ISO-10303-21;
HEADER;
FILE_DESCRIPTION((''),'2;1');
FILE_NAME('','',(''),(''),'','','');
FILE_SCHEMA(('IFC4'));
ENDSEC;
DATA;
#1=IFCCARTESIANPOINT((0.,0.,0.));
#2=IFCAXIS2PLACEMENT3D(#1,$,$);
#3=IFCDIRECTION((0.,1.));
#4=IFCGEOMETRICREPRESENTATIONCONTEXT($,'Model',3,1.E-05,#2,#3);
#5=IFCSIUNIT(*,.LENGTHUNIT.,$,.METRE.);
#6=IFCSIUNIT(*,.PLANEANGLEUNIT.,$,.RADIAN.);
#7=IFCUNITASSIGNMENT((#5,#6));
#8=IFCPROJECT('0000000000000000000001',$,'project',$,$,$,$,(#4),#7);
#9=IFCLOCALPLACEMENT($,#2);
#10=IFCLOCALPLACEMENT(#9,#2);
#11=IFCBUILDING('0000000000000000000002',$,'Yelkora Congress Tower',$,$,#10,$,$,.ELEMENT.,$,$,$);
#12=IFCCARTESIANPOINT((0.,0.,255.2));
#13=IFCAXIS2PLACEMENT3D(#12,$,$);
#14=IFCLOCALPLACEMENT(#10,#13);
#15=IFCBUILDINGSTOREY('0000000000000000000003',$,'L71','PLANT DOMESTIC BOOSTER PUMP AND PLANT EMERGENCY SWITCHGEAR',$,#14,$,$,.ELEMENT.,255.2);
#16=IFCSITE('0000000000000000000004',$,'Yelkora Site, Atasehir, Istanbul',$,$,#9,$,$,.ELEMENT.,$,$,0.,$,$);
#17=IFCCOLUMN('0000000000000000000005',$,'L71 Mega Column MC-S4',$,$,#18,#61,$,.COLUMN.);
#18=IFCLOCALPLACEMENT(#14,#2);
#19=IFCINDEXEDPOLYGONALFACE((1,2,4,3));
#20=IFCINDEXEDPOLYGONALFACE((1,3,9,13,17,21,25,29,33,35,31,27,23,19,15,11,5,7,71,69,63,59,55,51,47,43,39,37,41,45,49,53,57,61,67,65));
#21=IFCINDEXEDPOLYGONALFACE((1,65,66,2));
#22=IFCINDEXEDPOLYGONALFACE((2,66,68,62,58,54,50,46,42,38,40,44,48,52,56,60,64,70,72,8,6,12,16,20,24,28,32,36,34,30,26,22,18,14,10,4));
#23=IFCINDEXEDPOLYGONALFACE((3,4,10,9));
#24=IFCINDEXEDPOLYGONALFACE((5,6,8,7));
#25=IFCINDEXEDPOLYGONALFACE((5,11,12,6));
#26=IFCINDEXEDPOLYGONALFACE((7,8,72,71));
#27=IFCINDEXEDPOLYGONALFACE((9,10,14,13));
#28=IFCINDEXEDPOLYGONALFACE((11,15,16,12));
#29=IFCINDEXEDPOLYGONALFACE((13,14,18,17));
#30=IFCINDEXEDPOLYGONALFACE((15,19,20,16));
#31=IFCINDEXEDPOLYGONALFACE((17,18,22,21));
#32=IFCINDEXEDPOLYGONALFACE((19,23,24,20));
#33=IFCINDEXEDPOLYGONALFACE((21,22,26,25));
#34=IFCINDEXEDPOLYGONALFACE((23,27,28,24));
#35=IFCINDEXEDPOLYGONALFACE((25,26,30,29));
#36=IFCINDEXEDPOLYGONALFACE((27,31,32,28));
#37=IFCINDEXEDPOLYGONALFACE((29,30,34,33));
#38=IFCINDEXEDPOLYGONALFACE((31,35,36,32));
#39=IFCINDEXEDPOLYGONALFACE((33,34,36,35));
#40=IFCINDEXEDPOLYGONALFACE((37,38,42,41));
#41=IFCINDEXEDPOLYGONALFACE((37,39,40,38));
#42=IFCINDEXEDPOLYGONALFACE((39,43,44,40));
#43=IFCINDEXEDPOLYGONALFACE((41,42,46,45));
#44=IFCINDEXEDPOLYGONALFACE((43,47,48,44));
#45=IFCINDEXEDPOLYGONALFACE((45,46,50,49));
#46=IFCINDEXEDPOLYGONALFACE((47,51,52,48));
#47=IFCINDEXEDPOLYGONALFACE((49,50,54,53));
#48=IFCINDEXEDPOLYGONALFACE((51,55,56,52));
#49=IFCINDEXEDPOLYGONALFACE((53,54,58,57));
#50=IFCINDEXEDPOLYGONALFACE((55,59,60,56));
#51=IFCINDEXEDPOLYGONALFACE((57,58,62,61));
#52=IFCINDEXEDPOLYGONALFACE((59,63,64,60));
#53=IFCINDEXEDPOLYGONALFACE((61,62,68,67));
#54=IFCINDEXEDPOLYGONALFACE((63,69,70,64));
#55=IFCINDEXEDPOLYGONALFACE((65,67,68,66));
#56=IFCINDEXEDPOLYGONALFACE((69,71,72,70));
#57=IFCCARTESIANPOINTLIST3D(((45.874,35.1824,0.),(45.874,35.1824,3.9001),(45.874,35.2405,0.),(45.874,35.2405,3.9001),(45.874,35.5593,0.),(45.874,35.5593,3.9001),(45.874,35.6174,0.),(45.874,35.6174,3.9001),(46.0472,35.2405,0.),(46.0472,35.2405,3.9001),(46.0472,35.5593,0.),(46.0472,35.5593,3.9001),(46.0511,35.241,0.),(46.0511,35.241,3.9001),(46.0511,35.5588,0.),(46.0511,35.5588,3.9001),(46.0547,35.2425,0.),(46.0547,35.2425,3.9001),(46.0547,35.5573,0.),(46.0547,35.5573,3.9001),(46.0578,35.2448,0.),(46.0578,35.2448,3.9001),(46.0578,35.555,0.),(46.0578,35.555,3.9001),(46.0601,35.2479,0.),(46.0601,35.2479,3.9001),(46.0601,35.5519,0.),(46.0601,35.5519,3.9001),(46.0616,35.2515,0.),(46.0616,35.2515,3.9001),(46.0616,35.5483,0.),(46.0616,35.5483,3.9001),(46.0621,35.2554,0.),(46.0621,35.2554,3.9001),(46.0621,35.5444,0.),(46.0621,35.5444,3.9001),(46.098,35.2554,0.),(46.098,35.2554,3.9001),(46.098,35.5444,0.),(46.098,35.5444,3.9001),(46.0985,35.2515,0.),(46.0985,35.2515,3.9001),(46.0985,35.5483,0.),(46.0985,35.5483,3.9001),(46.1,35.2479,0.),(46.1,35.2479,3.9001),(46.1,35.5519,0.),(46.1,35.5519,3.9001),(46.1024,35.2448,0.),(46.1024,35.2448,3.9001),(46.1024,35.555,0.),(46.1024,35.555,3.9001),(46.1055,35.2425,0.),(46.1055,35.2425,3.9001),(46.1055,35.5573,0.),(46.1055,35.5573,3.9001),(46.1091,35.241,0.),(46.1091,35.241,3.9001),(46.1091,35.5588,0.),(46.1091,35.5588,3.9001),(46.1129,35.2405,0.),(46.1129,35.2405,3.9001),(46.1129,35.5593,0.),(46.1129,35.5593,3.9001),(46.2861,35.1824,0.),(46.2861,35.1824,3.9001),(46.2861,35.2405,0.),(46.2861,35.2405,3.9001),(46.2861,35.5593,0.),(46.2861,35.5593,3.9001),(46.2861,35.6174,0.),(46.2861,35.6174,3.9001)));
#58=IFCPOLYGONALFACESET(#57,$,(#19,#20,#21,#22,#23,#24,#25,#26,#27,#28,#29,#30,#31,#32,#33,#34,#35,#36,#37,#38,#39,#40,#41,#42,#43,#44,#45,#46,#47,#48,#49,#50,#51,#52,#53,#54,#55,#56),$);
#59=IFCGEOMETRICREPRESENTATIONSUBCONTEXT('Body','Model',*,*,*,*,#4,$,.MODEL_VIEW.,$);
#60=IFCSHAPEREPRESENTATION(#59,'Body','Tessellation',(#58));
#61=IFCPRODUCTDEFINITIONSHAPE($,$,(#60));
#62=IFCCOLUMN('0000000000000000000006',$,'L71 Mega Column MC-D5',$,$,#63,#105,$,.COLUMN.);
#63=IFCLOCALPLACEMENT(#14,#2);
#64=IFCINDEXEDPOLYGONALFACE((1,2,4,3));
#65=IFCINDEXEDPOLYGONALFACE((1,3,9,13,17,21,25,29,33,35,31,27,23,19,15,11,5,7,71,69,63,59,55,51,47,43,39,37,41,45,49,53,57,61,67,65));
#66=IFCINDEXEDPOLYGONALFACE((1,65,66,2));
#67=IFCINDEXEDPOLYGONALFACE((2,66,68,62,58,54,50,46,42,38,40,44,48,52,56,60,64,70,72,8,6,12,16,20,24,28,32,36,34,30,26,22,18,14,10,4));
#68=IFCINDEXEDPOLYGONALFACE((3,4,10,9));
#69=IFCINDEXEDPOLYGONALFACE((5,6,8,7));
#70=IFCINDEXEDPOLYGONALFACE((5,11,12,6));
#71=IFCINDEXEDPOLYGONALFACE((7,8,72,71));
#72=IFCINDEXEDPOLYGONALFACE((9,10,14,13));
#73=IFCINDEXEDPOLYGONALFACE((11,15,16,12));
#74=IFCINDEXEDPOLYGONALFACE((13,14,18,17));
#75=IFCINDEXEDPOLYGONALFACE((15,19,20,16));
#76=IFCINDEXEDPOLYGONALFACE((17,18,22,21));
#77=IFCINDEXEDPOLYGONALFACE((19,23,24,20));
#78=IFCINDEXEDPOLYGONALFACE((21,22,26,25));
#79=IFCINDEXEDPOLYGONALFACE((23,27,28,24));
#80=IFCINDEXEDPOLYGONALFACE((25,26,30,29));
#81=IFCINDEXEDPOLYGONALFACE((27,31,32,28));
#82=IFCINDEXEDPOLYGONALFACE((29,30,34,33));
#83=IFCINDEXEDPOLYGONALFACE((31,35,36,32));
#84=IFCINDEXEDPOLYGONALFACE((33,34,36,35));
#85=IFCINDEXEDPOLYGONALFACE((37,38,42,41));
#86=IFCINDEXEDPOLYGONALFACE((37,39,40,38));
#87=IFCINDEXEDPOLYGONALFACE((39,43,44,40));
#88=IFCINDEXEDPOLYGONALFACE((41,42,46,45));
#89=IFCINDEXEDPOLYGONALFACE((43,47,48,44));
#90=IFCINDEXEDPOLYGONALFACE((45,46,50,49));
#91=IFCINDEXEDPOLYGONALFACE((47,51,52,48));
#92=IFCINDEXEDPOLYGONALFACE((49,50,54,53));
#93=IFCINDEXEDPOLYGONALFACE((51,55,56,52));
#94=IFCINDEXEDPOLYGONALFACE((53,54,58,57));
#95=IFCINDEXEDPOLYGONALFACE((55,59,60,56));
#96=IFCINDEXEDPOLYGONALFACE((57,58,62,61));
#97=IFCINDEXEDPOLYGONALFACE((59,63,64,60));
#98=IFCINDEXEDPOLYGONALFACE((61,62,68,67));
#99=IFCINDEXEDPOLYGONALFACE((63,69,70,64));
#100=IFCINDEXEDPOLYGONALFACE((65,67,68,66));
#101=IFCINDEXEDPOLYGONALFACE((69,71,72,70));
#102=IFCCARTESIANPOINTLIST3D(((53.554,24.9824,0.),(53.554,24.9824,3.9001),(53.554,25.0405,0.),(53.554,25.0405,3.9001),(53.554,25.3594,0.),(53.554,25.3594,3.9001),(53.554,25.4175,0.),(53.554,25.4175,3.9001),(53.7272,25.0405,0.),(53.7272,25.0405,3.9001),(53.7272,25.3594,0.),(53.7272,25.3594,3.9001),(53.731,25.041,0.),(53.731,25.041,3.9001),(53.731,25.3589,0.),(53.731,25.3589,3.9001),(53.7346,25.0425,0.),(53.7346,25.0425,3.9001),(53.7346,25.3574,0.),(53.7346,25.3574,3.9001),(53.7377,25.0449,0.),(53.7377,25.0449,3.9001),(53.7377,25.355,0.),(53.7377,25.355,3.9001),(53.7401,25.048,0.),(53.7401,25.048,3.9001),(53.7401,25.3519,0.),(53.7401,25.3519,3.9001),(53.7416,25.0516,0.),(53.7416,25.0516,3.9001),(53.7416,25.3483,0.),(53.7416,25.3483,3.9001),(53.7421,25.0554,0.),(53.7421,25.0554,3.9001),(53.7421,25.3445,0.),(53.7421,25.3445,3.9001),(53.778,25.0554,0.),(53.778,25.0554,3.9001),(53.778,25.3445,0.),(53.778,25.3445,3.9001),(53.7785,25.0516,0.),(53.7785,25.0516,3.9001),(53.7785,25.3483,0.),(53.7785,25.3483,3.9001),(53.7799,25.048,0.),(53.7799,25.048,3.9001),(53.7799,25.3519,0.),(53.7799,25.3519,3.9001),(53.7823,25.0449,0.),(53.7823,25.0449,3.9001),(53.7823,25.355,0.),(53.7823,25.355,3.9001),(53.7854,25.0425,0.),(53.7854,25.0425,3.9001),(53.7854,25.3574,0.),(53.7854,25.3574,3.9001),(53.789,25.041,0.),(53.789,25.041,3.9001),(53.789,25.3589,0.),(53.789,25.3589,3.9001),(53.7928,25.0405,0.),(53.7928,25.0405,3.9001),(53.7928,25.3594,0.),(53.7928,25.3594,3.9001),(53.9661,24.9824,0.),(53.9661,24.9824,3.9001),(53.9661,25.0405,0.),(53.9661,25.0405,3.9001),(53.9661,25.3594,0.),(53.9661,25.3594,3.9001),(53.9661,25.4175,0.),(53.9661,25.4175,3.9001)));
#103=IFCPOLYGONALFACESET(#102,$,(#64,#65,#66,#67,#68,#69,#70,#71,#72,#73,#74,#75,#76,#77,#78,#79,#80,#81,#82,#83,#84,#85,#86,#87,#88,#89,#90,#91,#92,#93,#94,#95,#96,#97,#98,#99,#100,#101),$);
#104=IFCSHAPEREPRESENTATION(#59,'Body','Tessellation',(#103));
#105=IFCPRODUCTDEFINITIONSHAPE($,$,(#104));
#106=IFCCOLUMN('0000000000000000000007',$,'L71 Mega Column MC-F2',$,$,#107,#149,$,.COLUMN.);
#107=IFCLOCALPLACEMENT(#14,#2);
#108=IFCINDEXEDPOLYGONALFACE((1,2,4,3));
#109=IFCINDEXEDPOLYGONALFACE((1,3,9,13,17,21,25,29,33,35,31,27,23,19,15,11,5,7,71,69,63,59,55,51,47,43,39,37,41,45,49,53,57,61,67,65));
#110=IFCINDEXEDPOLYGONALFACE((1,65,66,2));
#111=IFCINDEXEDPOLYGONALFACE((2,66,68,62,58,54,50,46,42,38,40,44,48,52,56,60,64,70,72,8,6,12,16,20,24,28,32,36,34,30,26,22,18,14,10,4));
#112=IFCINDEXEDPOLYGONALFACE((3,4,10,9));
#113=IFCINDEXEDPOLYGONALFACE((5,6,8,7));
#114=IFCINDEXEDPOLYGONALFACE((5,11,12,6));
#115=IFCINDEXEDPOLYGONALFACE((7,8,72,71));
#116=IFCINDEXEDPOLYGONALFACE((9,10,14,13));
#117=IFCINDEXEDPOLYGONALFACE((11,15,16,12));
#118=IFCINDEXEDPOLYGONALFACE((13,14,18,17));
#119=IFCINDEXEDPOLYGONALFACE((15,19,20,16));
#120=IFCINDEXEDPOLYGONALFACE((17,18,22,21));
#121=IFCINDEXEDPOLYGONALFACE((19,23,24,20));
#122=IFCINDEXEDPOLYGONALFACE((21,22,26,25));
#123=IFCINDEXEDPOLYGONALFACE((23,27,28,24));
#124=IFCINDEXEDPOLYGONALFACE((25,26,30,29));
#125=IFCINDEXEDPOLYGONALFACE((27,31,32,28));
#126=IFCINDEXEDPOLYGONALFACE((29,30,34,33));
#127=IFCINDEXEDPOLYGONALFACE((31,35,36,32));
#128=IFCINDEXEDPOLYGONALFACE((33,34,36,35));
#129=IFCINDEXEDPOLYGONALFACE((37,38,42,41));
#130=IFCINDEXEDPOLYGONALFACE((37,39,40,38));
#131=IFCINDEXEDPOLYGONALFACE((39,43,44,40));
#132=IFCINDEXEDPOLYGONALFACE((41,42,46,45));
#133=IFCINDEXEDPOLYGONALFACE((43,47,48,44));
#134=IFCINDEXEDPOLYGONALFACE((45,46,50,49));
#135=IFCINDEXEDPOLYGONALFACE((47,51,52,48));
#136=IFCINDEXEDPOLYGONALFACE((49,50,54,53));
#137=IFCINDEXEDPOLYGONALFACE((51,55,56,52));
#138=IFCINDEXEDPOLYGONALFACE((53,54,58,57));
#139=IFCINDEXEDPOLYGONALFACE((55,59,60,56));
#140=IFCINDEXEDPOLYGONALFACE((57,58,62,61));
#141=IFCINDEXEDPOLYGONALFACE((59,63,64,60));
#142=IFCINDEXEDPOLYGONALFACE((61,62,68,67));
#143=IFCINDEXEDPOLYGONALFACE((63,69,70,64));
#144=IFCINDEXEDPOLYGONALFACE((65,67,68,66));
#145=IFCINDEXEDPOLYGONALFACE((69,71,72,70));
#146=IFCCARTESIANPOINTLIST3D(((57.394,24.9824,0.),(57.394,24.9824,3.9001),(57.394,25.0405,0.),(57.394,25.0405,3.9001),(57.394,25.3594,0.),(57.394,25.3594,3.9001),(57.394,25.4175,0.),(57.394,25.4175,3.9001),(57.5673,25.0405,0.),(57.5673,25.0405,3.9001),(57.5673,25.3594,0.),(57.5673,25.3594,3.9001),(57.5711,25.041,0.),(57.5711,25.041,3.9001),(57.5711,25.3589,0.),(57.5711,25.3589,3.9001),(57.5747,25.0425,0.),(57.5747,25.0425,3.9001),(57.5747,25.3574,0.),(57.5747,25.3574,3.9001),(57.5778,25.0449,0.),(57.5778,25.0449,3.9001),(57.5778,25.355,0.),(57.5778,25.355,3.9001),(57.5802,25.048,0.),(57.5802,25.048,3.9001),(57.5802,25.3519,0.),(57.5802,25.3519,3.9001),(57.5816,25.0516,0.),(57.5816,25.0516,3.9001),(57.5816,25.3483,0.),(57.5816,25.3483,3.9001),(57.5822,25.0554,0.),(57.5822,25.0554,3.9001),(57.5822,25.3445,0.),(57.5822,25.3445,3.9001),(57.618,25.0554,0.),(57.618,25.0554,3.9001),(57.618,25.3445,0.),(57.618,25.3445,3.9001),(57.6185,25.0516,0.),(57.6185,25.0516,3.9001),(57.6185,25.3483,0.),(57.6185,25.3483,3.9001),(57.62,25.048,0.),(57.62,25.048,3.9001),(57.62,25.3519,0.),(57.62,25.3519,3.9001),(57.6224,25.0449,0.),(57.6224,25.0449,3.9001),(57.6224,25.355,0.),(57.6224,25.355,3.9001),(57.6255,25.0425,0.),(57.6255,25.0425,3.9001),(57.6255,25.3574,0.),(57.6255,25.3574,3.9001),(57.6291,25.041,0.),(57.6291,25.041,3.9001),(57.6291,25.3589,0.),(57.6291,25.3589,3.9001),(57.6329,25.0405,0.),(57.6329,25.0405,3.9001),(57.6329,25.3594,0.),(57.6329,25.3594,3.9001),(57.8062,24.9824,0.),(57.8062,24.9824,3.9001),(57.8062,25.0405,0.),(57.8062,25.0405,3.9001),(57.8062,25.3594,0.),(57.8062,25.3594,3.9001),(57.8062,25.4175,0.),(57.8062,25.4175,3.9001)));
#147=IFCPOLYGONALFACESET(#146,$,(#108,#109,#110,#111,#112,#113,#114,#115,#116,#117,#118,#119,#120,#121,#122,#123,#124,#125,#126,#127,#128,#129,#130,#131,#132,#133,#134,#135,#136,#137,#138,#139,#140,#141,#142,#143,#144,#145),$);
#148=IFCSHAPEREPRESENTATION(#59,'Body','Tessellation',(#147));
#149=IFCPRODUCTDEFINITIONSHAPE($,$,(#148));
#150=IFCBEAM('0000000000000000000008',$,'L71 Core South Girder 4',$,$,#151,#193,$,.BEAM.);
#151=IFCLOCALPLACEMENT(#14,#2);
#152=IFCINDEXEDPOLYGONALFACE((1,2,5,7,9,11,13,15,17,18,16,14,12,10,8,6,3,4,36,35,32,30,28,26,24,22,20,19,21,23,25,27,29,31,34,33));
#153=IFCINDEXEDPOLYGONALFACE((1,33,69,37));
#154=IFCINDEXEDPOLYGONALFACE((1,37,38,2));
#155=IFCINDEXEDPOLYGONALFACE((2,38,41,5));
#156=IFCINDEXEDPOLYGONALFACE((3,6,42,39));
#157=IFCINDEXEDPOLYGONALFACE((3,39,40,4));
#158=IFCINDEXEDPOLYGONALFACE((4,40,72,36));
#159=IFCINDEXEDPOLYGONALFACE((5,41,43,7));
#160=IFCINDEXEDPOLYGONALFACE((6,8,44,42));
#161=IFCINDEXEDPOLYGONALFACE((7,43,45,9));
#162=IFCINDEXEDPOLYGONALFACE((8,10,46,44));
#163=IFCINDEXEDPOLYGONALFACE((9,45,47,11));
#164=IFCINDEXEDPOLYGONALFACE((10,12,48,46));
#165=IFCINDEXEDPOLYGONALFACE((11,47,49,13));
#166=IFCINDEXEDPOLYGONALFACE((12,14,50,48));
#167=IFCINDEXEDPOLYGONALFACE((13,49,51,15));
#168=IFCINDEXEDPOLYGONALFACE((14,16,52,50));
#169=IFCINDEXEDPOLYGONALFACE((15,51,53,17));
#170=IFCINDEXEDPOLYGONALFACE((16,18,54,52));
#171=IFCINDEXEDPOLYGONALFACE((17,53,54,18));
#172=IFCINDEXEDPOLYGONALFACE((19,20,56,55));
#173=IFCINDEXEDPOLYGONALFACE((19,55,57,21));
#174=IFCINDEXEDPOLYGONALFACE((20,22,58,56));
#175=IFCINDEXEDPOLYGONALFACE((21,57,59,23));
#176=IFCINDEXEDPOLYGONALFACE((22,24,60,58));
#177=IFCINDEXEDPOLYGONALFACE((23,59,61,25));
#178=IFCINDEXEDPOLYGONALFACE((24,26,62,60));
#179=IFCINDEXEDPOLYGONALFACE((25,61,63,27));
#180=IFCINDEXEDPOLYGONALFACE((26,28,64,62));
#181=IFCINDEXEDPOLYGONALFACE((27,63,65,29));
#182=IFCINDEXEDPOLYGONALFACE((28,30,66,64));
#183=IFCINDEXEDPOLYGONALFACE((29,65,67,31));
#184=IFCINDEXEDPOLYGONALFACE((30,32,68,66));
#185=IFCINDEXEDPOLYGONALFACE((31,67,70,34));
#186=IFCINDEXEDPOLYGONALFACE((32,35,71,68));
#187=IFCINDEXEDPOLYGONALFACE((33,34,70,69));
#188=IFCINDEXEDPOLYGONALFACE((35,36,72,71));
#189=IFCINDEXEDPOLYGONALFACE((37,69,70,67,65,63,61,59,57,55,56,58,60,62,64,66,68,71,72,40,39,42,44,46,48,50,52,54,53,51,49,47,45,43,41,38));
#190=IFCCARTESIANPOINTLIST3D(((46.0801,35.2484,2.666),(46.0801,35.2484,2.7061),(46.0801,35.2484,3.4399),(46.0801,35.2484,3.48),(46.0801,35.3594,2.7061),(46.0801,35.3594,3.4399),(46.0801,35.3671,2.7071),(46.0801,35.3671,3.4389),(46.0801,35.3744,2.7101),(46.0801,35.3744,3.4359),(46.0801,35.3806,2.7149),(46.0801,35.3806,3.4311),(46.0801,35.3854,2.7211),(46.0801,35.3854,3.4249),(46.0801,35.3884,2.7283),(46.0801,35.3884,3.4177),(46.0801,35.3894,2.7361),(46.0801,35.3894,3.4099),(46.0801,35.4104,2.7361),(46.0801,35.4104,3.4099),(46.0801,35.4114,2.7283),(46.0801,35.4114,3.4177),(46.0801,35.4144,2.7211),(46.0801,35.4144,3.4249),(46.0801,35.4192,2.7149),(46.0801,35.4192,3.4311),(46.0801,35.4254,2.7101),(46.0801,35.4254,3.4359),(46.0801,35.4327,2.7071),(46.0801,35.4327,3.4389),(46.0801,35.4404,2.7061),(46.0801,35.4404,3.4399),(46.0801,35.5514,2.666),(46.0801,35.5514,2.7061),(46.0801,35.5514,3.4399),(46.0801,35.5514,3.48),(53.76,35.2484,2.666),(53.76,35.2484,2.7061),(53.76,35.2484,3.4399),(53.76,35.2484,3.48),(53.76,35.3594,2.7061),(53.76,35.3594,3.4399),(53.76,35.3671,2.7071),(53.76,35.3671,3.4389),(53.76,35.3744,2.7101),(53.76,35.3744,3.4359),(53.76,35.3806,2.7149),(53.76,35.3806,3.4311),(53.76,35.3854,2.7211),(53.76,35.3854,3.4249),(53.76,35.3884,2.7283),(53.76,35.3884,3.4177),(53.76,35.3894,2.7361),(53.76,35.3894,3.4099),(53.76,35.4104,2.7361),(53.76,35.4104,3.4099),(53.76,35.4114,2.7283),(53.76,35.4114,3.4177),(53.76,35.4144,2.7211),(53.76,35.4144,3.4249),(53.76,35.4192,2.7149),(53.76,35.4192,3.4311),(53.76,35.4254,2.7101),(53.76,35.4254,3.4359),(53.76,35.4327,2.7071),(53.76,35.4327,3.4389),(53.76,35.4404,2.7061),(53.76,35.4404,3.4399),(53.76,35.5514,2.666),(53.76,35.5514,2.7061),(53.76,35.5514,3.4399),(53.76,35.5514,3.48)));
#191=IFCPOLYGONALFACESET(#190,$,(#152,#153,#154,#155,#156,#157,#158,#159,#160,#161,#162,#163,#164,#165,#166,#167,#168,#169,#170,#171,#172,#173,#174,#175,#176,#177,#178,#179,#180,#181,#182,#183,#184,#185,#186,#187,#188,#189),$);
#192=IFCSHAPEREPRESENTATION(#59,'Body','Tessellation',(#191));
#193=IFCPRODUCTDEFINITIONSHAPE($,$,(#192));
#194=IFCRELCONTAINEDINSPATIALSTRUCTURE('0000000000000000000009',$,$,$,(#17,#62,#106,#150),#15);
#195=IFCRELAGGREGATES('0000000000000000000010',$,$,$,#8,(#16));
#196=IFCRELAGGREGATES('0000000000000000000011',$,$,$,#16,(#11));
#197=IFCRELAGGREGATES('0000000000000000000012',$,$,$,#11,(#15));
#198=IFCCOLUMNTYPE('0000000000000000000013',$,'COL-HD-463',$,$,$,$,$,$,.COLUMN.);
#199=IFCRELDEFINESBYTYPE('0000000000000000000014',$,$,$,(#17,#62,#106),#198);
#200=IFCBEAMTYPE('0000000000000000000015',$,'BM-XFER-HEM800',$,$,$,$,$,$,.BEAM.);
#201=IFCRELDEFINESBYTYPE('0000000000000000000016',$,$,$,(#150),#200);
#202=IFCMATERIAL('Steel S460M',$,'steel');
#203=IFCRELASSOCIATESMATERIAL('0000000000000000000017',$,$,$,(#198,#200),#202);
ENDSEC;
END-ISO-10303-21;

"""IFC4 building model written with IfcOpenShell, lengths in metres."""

from ifc_helpers import new_model, si_unit, direction, frame, origin, origin_2d, place, context, subcontext, project, spatial, i_section, extrude, material, material_profile, profile_set, type_object, element, save


model = new_model("IFC4")

# Units and contexts
model_context = context("Model", 3, precision=1e-05, world=origin(), true_north=direction((0.0, 1.0)))
body_context = subcontext(model_context, "Body", "Model", "MODEL_VIEW")
ifc_project = project(units=[si_unit("LENGTHUNIT", "METRE"), si_unit("PLANEANGLEUNIT", "RADIAN")], contexts=[model_context])

# Site, building, storey
site_placement = place(None, origin())
site = spatial("IfcSite", under=ifc_project, at=site_placement, Name="Yelkora Site, Atasehir, Istanbul", CompositionType="ELEMENT", RefElevation=0.0)
building_placement = place(site_placement, origin())
building = spatial("IfcBuilding", under=site, at=building_placement, Name="Yelkora Congress Tower", CompositionType="ELEMENT")
storey_placement = place(building_placement, frame((0.0, 0.0, 255.2)))
storey = spatial("IfcBuildingStorey", under=building, at=storey_placement, Name="L71", Description="PLANT DOMESTIC BOOSTER PUMP AND PLANT EMERGENCY SWITCHGEAR", CompositionType="ELEMENT", Elevation=255.2)

# Columns
ifc_material_1 = material(Name="Steel S460M", Category="steel")
ifc_material_profile_1 = material_profile(ifc_material_1, i_section(OverallWidth=0.4121, OverallDepth=0.4351, WebThickness=0.0359, FlangeThickness=0.0581, FilletRadius=0.0149, at=origin_2d()), Name="HD 400x463")
ifc_profile_set_1 = profile_set([ifc_material_profile_1], Name="Steel S460M")
column_type = type_object("IfcColumnType", Name="COL-HD-463", PredefinedType="COLUMN", material=ifc_profile_set_1)
for number, where, z_axis, x_axis, name in (
    (1, (46.0801, 35.3999, 0.0), (0.0, 0.0, 1.0), (1.0, 0.0, 0.0), "L71 Mega Column MC-S4"),
    (2, (53.76, 25.2, 0.0), (0.0, 0.0, 1.0), (1.0, 0.0, 0.0), "L71 Mega Column MC-D5"),
    (3, (57.6001, 25.2, 0.0), (0.0, 0.0, 1.0), (1.0, 0.0, 0.0), "L71 Mega Column MC-F2"),
):
    element("IfcColumn", number, at=place(storey_placement, frame(where, z_axis=z_axis, x_axis=x_axis)), inside=storey, type_object=column_type, Name=name, PredefinedType="COLUMN", context=body_context, shape_type="SweptSolid", body=[
        extrude(i_section(OverallWidth=0.4121, OverallDepth=0.4351, WebThickness=0.0359, FlangeThickness=0.0581, FilletRadius=0.0149, at=origin_2d()), origin(), (0.0, 0.0, 1.0), 3.9001),
    ])

# Beam
ifc_material_profile_2 = material_profile(ifc_material_1, i_section(OverallWidth=0.303, OverallDepth=0.814, WebThickness=0.021, FlangeThickness=0.04, FilletRadius=0.03, at=origin_2d()), Name="HEM 800")
ifc_profile_set_2 = profile_set([ifc_material_profile_2], Name="Steel S460M")
beam_type_1 = type_object("IfcBeamType", Name="BM-XFER-HEM800", PredefinedType="BEAM", material=ifc_profile_set_2)
beam_1_placement = place(storey_placement, frame((46.0801, 35.3999, 3.073), z_axis=(1.0, 0.0, 0.0), x_axis=(0.0, 1.0, 0.0)))
element("IfcBeam", 4, at=beam_1_placement, inside=storey, type_object=beam_type_1, Name="L71 Core South Girder 4", PredefinedType="BEAM", context=body_context, shape_type="SweptSolid", body=[
    extrude(i_section(OverallWidth=0.303, OverallDepth=0.814, WebThickness=0.021, FlangeThickness=0.04, FilletRadius=0.03, at=origin_2d()), origin(), (0.0, 0.0, 1.0), 7.6799),
])

save(model, "model.ifc")
